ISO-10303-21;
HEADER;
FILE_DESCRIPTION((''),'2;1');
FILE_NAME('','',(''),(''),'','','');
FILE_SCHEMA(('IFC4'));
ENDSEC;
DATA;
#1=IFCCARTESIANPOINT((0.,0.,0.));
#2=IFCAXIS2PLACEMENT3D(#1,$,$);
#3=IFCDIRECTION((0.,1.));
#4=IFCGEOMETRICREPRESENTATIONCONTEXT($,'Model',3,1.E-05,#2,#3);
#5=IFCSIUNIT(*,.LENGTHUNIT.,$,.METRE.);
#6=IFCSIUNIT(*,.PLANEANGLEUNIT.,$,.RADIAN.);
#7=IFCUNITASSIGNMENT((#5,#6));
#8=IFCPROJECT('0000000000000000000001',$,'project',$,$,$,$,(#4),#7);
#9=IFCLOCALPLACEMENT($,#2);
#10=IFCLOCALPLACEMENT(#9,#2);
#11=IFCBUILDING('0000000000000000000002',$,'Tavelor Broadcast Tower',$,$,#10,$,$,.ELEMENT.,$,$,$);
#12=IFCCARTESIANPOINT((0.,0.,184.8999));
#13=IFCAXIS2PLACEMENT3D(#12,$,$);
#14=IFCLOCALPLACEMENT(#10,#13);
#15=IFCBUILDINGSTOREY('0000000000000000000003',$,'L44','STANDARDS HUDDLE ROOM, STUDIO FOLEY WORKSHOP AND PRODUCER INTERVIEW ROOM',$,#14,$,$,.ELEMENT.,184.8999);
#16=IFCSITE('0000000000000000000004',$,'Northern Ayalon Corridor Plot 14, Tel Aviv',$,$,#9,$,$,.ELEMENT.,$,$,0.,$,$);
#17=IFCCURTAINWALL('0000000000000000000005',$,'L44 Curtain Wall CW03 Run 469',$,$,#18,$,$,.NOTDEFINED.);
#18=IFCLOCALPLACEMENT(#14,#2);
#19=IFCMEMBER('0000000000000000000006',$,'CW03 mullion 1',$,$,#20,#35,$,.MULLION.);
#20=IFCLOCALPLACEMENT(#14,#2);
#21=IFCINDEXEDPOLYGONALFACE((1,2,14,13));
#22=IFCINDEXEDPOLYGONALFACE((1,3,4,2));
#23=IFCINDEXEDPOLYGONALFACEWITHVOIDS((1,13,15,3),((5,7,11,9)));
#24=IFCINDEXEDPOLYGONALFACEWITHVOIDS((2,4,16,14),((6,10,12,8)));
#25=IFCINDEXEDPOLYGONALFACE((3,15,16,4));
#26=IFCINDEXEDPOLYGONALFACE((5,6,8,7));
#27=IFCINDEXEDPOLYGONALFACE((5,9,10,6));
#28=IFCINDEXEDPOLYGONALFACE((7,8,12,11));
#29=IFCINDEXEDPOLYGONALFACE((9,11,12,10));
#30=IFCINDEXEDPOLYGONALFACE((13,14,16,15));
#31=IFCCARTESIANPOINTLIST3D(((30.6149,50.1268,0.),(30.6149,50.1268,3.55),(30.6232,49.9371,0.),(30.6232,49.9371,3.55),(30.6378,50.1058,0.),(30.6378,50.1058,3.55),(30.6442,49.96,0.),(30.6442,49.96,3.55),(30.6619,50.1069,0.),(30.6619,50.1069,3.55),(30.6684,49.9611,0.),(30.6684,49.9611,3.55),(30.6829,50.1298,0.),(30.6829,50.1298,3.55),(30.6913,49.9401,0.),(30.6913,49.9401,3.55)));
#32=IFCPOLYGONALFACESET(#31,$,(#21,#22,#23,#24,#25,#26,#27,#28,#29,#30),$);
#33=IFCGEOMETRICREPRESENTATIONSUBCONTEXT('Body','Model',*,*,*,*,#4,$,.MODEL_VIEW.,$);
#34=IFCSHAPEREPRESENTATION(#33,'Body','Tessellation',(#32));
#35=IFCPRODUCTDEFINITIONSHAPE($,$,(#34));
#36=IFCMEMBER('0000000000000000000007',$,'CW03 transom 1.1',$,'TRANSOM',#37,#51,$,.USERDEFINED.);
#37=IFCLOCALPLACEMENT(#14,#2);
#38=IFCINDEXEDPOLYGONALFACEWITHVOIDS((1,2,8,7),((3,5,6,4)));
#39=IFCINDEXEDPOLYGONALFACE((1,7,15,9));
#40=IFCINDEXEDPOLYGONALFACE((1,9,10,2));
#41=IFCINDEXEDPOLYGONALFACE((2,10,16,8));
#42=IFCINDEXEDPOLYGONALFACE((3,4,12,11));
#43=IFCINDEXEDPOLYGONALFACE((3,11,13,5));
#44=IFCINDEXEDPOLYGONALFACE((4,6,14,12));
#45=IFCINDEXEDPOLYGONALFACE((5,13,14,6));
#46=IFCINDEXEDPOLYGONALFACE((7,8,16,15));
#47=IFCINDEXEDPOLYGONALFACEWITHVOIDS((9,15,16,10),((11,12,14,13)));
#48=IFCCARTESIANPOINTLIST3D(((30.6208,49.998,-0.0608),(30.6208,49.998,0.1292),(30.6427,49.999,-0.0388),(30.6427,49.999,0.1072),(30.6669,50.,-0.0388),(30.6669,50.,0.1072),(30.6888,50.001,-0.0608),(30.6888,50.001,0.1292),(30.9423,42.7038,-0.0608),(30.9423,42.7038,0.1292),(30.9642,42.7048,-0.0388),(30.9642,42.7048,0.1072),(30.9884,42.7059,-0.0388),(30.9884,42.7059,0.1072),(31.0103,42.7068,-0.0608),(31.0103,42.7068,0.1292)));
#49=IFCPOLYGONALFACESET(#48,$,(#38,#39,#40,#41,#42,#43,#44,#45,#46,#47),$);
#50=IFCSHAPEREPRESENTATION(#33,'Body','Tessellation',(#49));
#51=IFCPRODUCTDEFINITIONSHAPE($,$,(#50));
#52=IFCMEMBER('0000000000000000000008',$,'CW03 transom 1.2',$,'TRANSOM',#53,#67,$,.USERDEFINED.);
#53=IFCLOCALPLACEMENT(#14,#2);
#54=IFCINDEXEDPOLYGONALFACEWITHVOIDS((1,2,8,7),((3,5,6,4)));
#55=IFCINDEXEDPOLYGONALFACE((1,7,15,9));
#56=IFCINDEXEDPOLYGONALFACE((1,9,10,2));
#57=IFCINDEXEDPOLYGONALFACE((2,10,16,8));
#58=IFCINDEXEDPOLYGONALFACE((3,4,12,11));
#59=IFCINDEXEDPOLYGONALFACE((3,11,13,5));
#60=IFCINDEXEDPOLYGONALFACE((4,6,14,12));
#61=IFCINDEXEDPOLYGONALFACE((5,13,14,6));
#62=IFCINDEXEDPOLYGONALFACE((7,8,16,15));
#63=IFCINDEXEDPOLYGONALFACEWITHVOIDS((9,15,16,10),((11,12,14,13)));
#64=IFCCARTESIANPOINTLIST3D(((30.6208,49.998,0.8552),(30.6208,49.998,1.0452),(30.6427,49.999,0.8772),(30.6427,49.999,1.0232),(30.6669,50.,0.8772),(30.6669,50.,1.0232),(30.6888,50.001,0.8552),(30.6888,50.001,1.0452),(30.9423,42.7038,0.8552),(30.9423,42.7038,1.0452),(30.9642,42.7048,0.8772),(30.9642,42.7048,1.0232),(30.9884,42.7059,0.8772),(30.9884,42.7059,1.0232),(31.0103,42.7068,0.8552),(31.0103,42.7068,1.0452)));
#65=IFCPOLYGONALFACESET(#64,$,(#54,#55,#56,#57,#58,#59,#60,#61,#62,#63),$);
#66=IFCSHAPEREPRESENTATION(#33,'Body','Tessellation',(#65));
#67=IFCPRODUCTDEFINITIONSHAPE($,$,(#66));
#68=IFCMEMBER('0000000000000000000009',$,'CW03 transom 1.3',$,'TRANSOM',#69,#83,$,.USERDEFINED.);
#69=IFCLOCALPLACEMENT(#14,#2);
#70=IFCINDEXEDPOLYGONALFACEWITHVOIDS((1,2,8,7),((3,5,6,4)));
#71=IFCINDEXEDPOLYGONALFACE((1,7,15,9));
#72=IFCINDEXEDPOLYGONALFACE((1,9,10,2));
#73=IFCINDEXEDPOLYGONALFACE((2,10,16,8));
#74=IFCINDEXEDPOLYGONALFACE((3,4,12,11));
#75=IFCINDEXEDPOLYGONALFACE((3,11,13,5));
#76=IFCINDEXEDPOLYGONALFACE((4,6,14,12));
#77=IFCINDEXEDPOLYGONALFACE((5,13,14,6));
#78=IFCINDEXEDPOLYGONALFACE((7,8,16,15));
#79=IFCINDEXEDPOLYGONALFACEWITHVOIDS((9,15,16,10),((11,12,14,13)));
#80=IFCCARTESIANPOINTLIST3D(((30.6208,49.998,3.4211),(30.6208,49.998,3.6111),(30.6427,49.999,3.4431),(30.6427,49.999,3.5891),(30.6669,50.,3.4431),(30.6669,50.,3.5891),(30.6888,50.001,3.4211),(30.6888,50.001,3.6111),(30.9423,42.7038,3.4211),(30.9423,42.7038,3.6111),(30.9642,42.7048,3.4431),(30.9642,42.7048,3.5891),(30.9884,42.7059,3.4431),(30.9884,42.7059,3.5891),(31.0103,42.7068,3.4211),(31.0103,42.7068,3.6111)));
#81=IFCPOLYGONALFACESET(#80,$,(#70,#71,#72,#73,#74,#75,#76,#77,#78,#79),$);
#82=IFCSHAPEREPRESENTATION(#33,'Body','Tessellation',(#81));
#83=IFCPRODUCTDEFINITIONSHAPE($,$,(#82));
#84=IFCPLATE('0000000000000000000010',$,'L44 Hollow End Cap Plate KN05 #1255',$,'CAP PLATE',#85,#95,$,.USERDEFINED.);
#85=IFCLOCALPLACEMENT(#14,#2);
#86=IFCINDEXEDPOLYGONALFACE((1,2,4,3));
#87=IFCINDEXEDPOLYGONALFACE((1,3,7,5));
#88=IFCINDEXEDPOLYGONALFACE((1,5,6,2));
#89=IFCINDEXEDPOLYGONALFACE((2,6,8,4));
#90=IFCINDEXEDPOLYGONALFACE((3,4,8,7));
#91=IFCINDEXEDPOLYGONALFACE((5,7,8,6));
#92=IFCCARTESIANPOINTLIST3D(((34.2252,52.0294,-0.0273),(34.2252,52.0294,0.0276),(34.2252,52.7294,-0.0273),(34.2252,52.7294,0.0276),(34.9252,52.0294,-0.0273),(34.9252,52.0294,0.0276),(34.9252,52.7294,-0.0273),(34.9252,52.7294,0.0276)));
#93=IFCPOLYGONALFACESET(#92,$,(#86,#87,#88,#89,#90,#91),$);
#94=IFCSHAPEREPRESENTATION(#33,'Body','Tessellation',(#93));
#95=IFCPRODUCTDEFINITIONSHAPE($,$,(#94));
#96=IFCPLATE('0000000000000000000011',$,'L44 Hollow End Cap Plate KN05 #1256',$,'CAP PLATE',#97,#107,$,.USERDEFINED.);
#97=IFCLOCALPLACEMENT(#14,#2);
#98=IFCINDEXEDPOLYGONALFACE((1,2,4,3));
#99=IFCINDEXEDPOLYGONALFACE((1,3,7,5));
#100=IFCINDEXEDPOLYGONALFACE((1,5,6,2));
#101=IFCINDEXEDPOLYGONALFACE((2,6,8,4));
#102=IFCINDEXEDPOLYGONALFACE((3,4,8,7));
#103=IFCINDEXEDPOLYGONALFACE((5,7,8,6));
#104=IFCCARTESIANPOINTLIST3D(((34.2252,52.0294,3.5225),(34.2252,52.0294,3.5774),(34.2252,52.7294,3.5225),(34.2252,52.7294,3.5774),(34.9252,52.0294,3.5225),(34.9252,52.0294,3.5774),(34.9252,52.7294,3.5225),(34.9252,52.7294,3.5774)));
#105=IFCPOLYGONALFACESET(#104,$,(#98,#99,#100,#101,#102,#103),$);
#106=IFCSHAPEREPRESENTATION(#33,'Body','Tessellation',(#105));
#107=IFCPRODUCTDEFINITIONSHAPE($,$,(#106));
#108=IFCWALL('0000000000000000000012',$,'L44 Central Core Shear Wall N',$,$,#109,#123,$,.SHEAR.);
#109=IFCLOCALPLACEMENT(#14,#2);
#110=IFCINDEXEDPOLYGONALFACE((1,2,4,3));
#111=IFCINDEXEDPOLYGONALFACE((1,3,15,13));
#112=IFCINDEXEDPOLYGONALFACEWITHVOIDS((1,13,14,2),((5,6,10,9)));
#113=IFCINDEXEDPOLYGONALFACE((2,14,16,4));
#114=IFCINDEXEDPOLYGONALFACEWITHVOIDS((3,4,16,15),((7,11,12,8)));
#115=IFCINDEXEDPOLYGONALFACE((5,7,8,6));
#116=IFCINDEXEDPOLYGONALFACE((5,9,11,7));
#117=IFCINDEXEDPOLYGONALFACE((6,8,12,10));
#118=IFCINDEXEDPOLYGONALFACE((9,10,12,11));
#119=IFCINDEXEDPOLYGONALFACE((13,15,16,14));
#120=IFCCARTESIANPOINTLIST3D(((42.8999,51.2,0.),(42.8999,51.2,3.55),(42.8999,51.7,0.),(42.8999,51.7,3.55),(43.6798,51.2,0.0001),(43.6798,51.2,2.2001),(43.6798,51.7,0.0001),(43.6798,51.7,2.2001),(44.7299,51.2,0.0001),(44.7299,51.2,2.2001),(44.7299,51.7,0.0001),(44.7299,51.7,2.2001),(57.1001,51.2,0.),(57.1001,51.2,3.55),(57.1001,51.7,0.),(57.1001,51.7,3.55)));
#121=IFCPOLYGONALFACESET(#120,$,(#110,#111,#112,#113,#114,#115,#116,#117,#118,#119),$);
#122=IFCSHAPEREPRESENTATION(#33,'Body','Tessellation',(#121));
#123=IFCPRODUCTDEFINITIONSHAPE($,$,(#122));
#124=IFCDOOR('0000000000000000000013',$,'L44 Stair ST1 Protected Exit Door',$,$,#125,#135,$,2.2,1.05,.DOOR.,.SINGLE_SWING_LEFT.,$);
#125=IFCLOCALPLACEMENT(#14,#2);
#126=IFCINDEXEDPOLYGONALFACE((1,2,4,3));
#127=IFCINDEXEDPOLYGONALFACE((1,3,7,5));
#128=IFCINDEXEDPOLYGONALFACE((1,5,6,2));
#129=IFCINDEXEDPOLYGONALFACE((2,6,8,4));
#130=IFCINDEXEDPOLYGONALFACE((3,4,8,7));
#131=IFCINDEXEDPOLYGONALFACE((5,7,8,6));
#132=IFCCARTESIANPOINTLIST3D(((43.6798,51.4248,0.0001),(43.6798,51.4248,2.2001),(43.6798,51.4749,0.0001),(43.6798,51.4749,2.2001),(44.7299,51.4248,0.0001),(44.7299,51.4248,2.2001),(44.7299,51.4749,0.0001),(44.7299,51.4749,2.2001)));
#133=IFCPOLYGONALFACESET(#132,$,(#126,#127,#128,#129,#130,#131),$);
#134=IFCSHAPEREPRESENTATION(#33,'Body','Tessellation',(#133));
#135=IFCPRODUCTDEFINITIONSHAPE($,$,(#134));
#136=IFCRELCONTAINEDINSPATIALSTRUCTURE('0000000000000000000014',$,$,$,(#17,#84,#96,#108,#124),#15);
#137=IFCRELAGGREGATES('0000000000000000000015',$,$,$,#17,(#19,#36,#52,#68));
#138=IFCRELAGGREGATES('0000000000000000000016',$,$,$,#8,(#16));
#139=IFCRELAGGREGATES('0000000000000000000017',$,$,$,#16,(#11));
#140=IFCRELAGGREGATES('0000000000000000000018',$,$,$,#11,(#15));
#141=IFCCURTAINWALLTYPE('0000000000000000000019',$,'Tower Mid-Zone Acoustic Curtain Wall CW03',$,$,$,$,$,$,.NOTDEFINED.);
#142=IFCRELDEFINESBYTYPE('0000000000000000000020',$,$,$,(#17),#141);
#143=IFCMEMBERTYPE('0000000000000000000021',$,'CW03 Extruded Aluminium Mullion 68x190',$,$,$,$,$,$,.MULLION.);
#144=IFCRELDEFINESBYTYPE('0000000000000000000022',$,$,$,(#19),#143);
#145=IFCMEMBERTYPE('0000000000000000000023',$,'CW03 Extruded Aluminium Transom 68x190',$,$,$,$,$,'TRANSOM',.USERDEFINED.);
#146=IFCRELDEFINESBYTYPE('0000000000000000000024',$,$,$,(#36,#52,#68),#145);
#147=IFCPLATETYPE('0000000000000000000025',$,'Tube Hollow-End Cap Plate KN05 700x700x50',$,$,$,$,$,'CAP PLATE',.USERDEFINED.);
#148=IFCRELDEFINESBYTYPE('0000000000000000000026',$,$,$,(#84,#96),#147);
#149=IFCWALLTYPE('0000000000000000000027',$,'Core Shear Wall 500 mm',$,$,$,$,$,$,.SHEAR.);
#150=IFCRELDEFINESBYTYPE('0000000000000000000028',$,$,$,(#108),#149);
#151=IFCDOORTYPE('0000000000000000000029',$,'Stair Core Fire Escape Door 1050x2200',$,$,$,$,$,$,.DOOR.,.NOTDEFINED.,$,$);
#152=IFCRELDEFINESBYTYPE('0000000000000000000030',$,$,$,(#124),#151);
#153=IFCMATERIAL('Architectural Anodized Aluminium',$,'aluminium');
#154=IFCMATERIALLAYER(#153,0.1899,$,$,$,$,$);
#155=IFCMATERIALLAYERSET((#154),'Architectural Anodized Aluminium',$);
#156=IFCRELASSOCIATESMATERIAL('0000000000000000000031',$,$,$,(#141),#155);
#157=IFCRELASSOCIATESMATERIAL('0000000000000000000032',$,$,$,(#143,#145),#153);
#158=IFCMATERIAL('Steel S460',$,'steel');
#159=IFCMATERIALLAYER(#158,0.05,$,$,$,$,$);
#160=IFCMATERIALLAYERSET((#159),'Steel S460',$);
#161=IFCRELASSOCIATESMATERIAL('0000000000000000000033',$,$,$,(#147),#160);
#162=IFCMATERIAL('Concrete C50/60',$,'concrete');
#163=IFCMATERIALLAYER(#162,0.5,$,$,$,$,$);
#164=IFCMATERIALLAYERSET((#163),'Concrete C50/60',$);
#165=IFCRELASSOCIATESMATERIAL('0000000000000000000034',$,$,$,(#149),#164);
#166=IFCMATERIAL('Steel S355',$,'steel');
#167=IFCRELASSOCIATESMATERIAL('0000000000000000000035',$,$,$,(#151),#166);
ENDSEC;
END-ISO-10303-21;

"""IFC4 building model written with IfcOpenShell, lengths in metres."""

from ifc_helpers import new_model, si_unit, direction, frame, frame_2d, origin, origin_2d, place, context, subcontext, project, spatial, rectangle, hollow_rectangle, extrude, source, transform, mapped, material, layer, layer_set, material_profile, profile_set, type_object, type_shapes, element, fill, aggregate, save


model = new_model("IFC4")

# Units and contexts
model_context = context("Model", 3, precision=1e-05, world=origin(), true_north=direction((0.0, 1.0)))
body_context = subcontext(model_context, "Body", "Model", "MODEL_VIEW")
ifc_project = project(units=[si_unit("LENGTHUNIT", "METRE"), si_unit("PLANEANGLEUNIT", "RADIAN")], contexts=[model_context])

# Site, building, storey
site_placement = place(None, origin())
site = spatial("IfcSite", under=ifc_project, at=site_placement, Name="Northern Ayalon Corridor Plot 14, Tel Aviv", CompositionType="ELEMENT", RefElevation=0.0)
building_placement = place(site_placement, origin())
building = spatial("IfcBuilding", under=site, at=building_placement, Name="Tavelor Broadcast Tower", CompositionType="ELEMENT")
storey_placement = place(building_placement, frame((0.0, 0.0, 184.8999)))
storey = spatial("IfcBuildingStorey", under=building, at=storey_placement, Name="L44", Description="STANDARDS HUDDLE ROOM, STUDIO FOLEY WORKSHOP AND PRODUCER INTERVIEW ROOM", CompositionType="ELEMENT", Elevation=184.8999)

# Shared definitions
ifc_material_1 = material(Name="Concrete C50/60", Category="concrete")
ifc_material_2 = material(Name="Steel S460", Category="steel")

# Shared definitions
ifc_material_3 = material(Name="Steel S355", Category="steel")

# Curtain wall, members
ifc_material_4 = material(Name="Architectural Anodized Aluminium", Category="aluminium")
ifc_layer_1 = layer(ifc_material_4, 0.1899)
ifc_layer_set_1 = layer_set([ifc_layer_1], Name="Architectural Anodized Aluminium")
curtain_wall_type = type_object("IfcCurtainWallType", Name="Tower Mid-Zone Acoustic Curtain Wall CW03", PredefinedType="NOTDEFINED", material=ifc_layer_set_1)
curtain_wall_placement = place(storey_placement, origin())
curtain_wall = element("IfcCurtainWall", 1, at=curtain_wall_placement, inside=storey, type_object=curtain_wall_type, Name="L44 Curtain Wall CW03 Run 469", PredefinedType="NOTDEFINED")
ifc_material_profile_1 = material_profile(ifc_material_4, hollow_rectangle(XDim=0.0681, YDim=0.1899, WallThickness=0.022, at=origin_2d()), Name="RHS 68x190x22")
ifc_profile_set_1 = profile_set([ifc_material_profile_1], Name="Architectural Anodized Aluminium")
member_type_1 = type_object("IfcMemberType", Name="CW03 Extruded Aluminium Mullion 68x190", PredefinedType="MULLION", material=ifc_profile_set_1)
shared_shape_1 = source(origin(), body_context, "Body", "SweptSolid", [
    extrude(hollow_rectangle(XDim=0.0681, YDim=0.1899, WallThickness=0.022, at=origin_2d()), origin(), (0.0, 0.0, 1.0), 3.55),
])
type_shapes(member_type_1, [shared_shape_1])
member_1_placement = place(storey_placement, frame((30.6531, 50.0334, 0.0), z_axis=(0.0, 0.0, 1.0), x_axis=(0.999029, 0.044062, 0.0)))
member_1 = element("IfcMember", 2, at=member_1_placement, type_object=member_type_1, Name="CW03 mullion 1", PredefinedType="MULLION", context=body_context, shape_type="MappedRepresentation", body=[
    mapped(shared_shape_1, transform((0.0, 0.0, 0.0), scale=1.0)),
])
ifc_material_profile_2 = material_profile(ifc_material_4, hollow_rectangle(XDim=0.0681, YDim=0.1899, WallThickness=0.022, at=origin_2d()), Name="RHS 68x190x22")
ifc_profile_set_2 = profile_set([ifc_material_profile_2], Name="Architectural Anodized Aluminium")
member_type_2 = type_object("IfcMemberType", Name="CW03 Extruded Aluminium Transom 68x190", ElementType="TRANSOM", PredefinedType="USERDEFINED", material=ifc_profile_set_2)
shared_shape_2 = source(origin(), body_context, "Body", "SweptSolid", [
    extrude(hollow_rectangle(XDim=0.0681, YDim=0.1899, WallThickness=0.022, at=origin_2d()), origin(), (0.0, 0.0, 1.0), 7.3013),
])
type_shapes(member_type_2, [shared_shape_2])
member_2_placement = place(storey_placement, frame((30.6548, 49.9995, 0.0342), z_axis=(0.044038, -0.99903, 0.0), x_axis=(0.99903, 0.044038, 0.0)))
member_2 = element("IfcMember", 3, at=member_2_placement, type_object=member_type_2, Name="CW03 transom 1.1", ObjectType="TRANSOM", PredefinedType="USERDEFINED", context=body_context, shape_type="MappedRepresentation", body=[
    mapped(shared_shape_2, transform((0.0, 0.0, 0.0), scale=1.0)),
])
member_3_placement = place(storey_placement, frame((30.6548, 49.9995, 0.9502), z_axis=(0.044038, -0.99903, 0.0), x_axis=(0.99903, 0.044038, 0.0)))
member_3 = element("IfcMember", 4, at=member_3_placement, type_object=member_type_2, Name="CW03 transom 1.2", ObjectType="TRANSOM", PredefinedType="USERDEFINED", context=body_context, shape_type="MappedRepresentation", body=[
    mapped(shared_shape_2, transform((0.0, 0.0, 0.0), scale=1.0)),
])
member_4_placement = place(storey_placement, frame((30.6548, 49.9995, 3.5161), z_axis=(0.044038, -0.99903, 0.0), x_axis=(0.99903, 0.044038, 0.0)))
member_4 = element("IfcMember", 5, at=member_4_placement, type_object=member_type_2, Name="CW03 transom 1.3", ObjectType="TRANSOM", PredefinedType="USERDEFINED", context=body_context, shape_type="MappedRepresentation", body=[
    mapped(shared_shape_2, transform((0.0, 0.0, 0.0), scale=1.0)),
])
aggregate(curtain_wall, [member_1, member_2, member_3, member_4])

# Plates
ifc_layer_2 = layer(ifc_material_2, 0.05)
ifc_layer_set_2 = layer_set([ifc_layer_2], Name="Steel S460")
plate_type = type_object("IfcPlateType", Name="Tube Hollow-End Cap Plate KN05 700x700x50", ElementType="CAP PLATE", PredefinedType="USERDEFINED", material=ifc_layer_set_2)
shared_shape_3 = source(origin(), body_context, "Body", "SweptSolid", [
    extrude(rectangle(XDim=0.7, YDim=0.7, at=origin_2d()), origin(), (0.0, 0.0, 1.0), 0.0549),
])
type_shapes(plate_type, [shared_shape_3])
for number, where, z_axis, x_axis, name in (
    (6, (34.5752, 52.3794, -0.0273), (0.0, 0.0, 1.0), (1.0, 0.0, 0.0), "L44 Hollow End Cap Plate KN05 #1255"),
    (7, (34.5752, 52.3794, 3.5225), (0.0, 0.0, 1.0), (1.0, 0.0, 0.0), "L44 Hollow End Cap Plate KN05 #1256"),
):
    element("IfcPlate", number, at=place(storey_placement, frame(where, z_axis=z_axis, x_axis=x_axis)), inside=storey, type_object=plate_type, Name=name, ObjectType="CAP PLATE", PredefinedType="USERDEFINED", context=body_context, shape_type="MappedRepresentation", body=[
        mapped(shared_shape_3, transform((0.0, 0.0, 0.0), scale=1.0)),
    ])

# Wall, opening, door
ifc_layer_3 = layer(ifc_material_1, 0.5)
ifc_layer_set_3 = layer_set([ifc_layer_3], Name="Concrete C50/60")
wall_type_1 = type_object("IfcWallType", Name="Core Shear Wall 500 mm", PredefinedType="SHEAR", material=ifc_layer_set_3)
wall_1_placement = place(storey_placement, frame((42.8999, 51.45, 0.0), z_axis=(0.0, 0.0, 1.0), x_axis=(1.0, 0.0, 0.0)))
wall_1 = element("IfcWall", 8, at=wall_1_placement, inside=storey, type_object=wall_type_1, Name="L44 Central Core Shear Wall N", PredefinedType="SHEAR", context=body_context, shape_type="SweptSolid", body=[
    extrude(rectangle(XDim=14.2002, YDim=0.5, at=frame_2d((7.1001, 0.0))), origin(), (0.0, 0.0, 1.0), 3.55),
])
opening_1_placement = place(wall_1_placement, frame((0.78, 0.0, 0.0)))
opening_1 = element("IfcOpeningElement", 9, at=opening_1_placement, cuts=wall_1, PredefinedType="OPENING", context=body_context, shape_type="SweptSolid", body=[
    extrude(rectangle(XDim=1.05, YDim=2.2, at=frame_2d((0.5249, 1.1001))), frame((0.0, 0.26, 0.0), z_axis=(0.0, -1.0, 0.0), x_axis=(1.0, 0.0, 0.0)), (0.0, 0.0, 1.0), 0.52),
])
door_type_1 = type_object("IfcDoorType", Name="Stair Core Fire Escape Door 1050x2200", OperationType="NOTDEFINED", PredefinedType="DOOR", material=ifc_material_3)
door_1_placement = place(opening_1_placement, origin())
door_1 = element("IfcDoor", 10, at=door_1_placement, inside=storey, type_object=door_type_1, Name="L44 Stair ST1 Protected Exit Door", OperationType="SINGLE_SWING_LEFT", OverallHeight=2.2, OverallWidth=1.05, PredefinedType="DOOR", context=body_context, shape_type="SweptSolid", body=[
    extrude(rectangle(XDim=1.05, YDim=2.2, at=frame_2d((0.5249, 1.1001))), frame((0.0, 0.0249, 0.0), z_axis=(0.0, -1.0, 0.0), x_axis=(1.0, 0.0, 0.0)), (0.0, 0.0, 1.0), 0.05),
])
fill(opening_1, door_1)

save(model, "model.ifc")
